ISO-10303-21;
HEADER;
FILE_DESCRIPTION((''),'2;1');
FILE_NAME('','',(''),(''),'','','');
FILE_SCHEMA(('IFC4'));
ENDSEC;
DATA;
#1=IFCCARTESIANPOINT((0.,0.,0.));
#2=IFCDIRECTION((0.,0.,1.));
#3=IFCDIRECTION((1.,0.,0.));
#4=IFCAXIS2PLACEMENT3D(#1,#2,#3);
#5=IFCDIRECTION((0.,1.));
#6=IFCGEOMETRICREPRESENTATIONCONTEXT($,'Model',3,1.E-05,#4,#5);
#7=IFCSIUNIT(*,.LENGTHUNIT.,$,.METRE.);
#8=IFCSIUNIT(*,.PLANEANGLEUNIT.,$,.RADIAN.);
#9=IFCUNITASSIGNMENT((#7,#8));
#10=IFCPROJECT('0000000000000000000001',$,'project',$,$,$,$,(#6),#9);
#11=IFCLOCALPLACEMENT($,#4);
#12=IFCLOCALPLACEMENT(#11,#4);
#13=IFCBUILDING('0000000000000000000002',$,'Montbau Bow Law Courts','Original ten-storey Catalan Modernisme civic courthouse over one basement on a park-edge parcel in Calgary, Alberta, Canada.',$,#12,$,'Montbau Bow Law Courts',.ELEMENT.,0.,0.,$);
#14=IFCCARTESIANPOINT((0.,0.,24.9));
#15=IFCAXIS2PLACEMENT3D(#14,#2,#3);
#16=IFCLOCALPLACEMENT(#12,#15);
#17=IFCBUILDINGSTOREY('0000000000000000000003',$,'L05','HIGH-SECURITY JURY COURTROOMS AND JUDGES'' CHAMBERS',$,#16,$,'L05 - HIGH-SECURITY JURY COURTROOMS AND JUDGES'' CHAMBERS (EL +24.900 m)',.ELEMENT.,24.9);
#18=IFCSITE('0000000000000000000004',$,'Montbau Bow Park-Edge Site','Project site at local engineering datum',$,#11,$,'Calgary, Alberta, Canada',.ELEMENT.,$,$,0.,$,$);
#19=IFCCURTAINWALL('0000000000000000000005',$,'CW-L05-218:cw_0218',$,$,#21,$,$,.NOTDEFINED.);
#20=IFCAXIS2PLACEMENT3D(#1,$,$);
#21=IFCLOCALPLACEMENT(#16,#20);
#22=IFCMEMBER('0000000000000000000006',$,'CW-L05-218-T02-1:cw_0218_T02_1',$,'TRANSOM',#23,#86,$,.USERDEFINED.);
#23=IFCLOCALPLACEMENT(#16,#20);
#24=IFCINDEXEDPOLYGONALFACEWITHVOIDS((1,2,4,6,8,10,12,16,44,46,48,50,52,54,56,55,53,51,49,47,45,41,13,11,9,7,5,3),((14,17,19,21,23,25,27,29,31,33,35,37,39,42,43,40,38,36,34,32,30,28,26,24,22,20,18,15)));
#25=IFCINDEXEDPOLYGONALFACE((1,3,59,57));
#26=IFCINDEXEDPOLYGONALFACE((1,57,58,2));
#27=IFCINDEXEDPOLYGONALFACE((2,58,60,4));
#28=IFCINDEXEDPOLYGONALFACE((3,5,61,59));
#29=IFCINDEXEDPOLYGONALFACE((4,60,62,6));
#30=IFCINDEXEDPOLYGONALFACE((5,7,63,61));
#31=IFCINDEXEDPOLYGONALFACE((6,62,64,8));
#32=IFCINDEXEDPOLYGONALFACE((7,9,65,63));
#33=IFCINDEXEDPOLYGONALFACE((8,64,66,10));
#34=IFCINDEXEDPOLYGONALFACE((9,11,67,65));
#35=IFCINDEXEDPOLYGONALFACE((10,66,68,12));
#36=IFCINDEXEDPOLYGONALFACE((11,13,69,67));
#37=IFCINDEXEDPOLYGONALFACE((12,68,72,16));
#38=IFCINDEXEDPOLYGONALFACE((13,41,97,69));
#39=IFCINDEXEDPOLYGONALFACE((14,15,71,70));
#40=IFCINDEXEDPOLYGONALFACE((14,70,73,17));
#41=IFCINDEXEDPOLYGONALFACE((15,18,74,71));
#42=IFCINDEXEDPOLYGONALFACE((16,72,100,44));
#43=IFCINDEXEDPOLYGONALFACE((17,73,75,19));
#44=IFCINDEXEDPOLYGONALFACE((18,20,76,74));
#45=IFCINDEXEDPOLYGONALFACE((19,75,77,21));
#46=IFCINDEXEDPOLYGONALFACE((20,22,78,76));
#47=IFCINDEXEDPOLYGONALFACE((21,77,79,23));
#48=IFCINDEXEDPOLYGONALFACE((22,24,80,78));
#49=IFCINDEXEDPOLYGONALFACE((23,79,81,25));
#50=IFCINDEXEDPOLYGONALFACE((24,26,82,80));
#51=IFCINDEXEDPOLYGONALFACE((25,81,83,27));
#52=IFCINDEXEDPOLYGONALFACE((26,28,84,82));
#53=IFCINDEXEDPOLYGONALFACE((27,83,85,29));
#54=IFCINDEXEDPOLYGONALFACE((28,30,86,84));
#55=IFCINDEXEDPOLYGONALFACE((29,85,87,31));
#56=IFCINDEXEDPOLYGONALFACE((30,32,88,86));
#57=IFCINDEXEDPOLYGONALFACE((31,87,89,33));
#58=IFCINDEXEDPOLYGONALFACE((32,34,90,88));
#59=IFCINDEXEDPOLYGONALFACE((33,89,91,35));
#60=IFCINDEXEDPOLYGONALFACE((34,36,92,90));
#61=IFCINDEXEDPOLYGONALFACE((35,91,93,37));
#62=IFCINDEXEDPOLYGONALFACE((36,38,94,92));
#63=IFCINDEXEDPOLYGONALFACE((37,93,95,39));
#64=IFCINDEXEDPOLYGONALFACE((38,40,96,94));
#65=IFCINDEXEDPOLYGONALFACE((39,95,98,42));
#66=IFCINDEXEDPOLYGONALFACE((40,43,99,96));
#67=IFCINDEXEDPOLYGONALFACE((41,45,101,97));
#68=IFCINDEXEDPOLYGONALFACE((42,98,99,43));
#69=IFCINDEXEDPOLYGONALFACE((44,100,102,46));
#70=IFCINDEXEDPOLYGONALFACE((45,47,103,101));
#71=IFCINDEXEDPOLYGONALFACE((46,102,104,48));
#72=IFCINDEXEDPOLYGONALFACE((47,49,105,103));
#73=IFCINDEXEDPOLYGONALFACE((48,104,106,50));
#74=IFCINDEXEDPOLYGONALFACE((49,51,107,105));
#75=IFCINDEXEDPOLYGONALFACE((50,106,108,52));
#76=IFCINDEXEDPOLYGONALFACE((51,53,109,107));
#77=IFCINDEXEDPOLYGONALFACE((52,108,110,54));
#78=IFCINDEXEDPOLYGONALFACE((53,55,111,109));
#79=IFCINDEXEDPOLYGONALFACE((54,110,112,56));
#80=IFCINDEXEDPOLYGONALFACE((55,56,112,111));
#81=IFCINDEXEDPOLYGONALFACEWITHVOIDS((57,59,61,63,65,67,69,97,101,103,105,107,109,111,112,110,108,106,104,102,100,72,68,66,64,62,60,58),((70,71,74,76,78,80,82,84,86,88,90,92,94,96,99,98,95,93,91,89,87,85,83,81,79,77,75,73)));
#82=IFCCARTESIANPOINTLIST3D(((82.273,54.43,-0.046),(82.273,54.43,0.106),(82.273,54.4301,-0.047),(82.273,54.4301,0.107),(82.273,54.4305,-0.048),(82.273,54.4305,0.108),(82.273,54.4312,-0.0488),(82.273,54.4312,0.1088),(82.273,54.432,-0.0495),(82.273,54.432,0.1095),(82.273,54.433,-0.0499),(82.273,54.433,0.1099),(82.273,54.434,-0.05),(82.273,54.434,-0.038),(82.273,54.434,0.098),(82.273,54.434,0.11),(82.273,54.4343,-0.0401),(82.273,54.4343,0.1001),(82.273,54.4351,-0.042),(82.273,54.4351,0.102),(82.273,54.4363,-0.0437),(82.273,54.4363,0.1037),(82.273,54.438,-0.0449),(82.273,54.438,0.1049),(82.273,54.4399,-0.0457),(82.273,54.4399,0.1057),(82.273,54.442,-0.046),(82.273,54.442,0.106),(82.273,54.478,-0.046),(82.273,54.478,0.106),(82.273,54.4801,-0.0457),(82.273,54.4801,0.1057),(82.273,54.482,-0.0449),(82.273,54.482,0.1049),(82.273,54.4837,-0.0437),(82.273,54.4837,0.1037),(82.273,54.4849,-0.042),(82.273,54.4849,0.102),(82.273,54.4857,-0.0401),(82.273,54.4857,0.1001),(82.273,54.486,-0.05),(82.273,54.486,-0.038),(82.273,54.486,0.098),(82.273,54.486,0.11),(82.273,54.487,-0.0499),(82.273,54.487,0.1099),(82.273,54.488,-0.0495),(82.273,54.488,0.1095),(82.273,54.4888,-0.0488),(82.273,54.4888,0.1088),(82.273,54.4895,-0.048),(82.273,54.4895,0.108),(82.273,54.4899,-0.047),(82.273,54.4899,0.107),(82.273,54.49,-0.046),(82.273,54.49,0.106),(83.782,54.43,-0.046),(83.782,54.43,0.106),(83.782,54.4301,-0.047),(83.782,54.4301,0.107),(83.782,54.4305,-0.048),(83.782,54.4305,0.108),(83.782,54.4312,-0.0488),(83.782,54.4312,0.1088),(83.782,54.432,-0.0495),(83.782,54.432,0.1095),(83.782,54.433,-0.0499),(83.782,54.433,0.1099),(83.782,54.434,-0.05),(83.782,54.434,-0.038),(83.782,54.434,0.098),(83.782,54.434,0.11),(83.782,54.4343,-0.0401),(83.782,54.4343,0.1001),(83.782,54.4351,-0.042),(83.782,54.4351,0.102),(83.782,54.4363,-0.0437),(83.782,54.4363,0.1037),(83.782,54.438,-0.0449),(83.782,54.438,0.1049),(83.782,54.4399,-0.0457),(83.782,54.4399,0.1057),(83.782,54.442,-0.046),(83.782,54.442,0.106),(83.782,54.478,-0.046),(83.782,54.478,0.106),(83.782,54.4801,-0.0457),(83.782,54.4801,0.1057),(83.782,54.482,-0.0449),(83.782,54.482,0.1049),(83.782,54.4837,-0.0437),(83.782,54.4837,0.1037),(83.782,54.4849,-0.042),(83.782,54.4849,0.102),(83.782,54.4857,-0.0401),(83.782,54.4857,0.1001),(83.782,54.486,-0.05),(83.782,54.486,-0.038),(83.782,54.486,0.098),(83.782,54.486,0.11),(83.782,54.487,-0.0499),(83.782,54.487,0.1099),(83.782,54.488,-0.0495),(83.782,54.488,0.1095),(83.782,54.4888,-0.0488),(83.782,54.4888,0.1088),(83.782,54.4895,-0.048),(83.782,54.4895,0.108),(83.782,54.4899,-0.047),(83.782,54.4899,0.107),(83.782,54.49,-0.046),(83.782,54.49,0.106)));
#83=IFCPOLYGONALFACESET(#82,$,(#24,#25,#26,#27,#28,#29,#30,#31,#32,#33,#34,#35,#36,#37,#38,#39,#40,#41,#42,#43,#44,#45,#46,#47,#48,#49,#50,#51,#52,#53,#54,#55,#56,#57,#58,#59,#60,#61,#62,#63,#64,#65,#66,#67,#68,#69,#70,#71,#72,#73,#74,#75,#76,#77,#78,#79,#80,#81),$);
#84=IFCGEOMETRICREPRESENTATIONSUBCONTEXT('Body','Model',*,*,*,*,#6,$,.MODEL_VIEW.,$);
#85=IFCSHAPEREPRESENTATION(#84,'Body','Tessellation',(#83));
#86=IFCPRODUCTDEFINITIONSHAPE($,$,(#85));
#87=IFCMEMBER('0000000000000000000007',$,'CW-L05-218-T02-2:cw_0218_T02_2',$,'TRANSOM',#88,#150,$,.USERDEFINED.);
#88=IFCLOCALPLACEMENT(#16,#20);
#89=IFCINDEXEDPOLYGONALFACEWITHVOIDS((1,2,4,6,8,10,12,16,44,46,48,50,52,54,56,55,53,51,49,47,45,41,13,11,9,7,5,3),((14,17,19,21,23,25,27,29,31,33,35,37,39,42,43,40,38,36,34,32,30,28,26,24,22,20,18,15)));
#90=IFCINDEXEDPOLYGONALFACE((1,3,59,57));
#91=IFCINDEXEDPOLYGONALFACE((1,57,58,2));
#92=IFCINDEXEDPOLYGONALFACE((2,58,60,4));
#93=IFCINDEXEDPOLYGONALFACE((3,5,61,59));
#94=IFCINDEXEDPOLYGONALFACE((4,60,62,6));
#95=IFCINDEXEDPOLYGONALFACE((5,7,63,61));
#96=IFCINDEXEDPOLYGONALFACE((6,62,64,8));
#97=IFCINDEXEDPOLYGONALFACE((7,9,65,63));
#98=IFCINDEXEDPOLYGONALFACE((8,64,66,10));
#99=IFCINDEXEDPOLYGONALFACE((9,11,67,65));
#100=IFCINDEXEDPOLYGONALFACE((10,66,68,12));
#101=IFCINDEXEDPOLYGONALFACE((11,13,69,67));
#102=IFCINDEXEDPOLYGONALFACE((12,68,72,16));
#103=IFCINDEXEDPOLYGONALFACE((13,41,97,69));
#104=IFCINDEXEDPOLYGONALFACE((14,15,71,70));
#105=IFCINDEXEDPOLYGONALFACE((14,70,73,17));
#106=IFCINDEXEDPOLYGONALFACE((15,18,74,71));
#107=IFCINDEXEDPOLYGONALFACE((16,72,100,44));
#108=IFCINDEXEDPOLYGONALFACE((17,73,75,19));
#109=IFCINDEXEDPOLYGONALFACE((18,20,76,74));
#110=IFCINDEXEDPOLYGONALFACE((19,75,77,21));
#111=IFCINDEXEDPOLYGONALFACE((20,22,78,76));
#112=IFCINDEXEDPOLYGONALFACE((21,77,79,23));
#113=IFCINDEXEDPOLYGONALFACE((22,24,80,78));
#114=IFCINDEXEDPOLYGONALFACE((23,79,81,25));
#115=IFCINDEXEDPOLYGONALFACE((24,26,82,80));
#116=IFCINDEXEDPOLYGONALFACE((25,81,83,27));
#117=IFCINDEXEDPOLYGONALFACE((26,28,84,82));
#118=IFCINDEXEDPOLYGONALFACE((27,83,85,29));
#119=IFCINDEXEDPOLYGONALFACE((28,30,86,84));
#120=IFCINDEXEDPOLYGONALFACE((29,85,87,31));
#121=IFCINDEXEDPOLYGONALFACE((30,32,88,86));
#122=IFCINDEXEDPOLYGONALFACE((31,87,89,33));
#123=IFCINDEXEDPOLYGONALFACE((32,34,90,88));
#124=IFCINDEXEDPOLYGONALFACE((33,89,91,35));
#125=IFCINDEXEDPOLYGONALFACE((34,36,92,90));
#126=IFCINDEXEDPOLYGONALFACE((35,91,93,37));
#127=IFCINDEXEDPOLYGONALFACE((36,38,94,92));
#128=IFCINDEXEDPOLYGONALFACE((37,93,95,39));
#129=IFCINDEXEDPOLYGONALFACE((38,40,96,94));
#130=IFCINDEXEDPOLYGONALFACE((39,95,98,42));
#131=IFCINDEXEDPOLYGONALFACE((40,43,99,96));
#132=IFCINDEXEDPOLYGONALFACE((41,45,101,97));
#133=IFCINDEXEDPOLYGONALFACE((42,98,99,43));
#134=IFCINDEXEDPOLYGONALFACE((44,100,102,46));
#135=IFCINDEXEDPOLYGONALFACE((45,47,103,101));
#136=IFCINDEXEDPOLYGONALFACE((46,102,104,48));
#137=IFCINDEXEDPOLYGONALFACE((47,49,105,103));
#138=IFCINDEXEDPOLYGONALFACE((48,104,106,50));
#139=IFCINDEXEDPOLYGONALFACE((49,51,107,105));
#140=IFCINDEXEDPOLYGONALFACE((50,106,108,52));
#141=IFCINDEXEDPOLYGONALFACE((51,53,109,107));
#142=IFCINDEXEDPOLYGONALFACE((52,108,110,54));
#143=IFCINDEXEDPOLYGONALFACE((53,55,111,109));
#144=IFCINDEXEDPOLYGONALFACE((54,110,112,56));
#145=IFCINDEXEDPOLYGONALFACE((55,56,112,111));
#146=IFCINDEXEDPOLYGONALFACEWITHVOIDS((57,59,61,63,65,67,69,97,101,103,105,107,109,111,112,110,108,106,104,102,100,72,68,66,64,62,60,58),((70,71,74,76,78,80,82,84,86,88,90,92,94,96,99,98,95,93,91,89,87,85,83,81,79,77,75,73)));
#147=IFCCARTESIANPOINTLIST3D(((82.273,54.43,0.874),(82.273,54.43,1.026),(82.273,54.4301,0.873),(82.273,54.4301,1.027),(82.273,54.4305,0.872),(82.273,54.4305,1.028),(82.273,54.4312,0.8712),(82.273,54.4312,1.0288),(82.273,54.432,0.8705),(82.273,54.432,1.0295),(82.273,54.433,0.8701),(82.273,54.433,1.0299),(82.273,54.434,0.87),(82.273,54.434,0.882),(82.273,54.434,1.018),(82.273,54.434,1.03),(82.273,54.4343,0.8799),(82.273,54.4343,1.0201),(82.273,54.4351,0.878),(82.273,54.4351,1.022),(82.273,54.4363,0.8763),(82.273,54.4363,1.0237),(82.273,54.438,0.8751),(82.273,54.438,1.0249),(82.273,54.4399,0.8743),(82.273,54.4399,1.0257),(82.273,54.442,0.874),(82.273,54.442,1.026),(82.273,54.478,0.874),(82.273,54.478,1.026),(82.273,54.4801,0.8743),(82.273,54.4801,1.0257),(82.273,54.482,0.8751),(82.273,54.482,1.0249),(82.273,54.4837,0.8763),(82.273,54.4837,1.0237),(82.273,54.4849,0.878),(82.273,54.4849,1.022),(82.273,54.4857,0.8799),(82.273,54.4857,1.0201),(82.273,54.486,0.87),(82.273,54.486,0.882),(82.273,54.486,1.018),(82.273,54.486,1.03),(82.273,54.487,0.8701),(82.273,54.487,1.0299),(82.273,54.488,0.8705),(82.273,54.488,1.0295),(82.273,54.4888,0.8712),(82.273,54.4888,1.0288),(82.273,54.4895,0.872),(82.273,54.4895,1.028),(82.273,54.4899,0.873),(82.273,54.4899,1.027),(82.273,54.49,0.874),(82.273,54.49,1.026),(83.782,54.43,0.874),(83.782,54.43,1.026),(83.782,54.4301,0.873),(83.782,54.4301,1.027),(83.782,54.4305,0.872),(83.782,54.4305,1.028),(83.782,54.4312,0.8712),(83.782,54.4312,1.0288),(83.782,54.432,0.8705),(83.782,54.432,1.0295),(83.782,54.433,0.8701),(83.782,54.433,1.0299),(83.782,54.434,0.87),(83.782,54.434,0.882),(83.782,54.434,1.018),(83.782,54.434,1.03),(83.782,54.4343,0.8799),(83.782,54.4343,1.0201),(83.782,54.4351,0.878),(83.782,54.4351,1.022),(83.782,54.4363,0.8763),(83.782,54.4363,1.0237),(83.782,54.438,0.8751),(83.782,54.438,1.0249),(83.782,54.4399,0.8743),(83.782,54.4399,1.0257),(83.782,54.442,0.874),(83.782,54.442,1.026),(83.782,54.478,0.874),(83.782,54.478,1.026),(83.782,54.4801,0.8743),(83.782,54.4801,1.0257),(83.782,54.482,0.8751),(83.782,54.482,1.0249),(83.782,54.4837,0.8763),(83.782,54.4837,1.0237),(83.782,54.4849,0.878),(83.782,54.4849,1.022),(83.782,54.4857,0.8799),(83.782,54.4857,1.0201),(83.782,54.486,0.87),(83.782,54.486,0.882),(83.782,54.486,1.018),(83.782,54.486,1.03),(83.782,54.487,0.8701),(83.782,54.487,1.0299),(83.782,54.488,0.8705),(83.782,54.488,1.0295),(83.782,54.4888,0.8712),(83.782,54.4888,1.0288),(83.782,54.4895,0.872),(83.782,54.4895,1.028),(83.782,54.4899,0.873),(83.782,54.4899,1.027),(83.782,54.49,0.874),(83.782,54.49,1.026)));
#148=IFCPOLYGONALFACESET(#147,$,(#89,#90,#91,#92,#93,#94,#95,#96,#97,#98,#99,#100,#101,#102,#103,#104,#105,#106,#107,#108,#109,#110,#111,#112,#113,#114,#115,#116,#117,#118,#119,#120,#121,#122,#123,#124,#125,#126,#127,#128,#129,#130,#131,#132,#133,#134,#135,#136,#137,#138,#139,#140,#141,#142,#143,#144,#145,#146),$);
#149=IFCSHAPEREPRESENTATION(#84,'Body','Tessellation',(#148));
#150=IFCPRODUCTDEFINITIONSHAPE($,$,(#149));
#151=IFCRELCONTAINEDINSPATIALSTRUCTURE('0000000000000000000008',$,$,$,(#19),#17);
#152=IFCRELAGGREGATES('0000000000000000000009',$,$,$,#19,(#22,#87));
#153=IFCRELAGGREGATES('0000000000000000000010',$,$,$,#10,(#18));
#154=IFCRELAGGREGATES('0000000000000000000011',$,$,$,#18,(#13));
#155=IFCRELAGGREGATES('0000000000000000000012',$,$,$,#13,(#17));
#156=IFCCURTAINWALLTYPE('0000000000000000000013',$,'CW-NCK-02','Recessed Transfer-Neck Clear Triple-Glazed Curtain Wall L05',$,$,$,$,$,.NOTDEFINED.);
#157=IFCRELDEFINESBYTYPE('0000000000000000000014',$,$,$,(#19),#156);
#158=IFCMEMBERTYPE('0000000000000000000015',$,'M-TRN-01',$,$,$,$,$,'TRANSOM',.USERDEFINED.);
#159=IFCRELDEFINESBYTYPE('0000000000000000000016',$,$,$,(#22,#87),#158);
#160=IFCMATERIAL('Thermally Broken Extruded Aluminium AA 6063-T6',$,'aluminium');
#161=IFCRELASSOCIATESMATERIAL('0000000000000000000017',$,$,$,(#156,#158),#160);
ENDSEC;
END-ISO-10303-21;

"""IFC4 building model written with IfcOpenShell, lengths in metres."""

from ifc_helpers import new_model, si_unit, direction, frame, origin_with_axes, origin_2d_with_axis, place, context, subcontext, project, spatial, hollow_rectangle, extrude, material, material_profile, profile_set, type_object, element, aggregate, save


model = new_model("IFC4")

# Units and contexts
model_context = context("Model", 3, precision=1e-05, world=origin_with_axes(), true_north=direction((0.0, 1.0)))
body_context = subcontext(model_context, "Body", "Model", "MODEL_VIEW")
ifc_project = project(units=[si_unit("LENGTHUNIT", "METRE"), si_unit("PLANEANGLEUNIT", "RADIAN")], contexts=[model_context])

# Site, building, storey
site_placement = place(None, origin_with_axes())
site = spatial("IfcSite", under=ifc_project, at=site_placement, Name="Montbau Bow Park-Edge Site", Description="Project site at local engineering datum", LongName="Calgary, Alberta, Canada", CompositionType="ELEMENT", RefElevation=0.0)
building_placement = place(site_placement, origin_with_axes())
building = spatial("IfcBuilding", under=site, at=building_placement, Name="Montbau Bow Law Courts", Description="Original ten-storey Catalan Modernisme civic courthouse over one basement on a park-edge parcel in Calgary, Alberta, Canada.", LongName="Montbau Bow Law Courts", CompositionType="ELEMENT", ElevationOfRefHeight=0.0, ElevationOfTerrain=0.0)
storey_placement = place(building_placement, frame((0.0, 0.0, 24.9), z_axis=(0.0, 0.0, 1.0), x_axis=(1.0, 0.0, 0.0)))
storey = spatial("IfcBuildingStorey", under=building, at=storey_placement, Name="L05", Description="HIGH-SECURITY JURY COURTROOMS AND JUDGES' CHAMBERS", LongName="L05 - HIGH-SECURITY JURY COURTROOMS AND JUDGES' CHAMBERS (EL +24.900 m)", CompositionType="ELEMENT", Elevation=24.9)

# Curtain wall, members
ifc_material_1 = material(Name="Thermally Broken Extruded Aluminium AA 6063-T6", Category="aluminium")
curtain_wall_type = type_object("IfcCurtainWallType", Name="CW-NCK-02", Description="Recessed Transfer-Neck Clear Triple-Glazed Curtain Wall L05", PredefinedType="NOTDEFINED", material=ifc_material_1)
curtain_wall_placement = place(None, frame((80.668, 54.46, 24.9), z_axis=(0.0, 0.0, 1.0), x_axis=(1.0, 0.0, 0.0)))
curtain_wall = element("IfcCurtainWall", 1, at=curtain_wall_placement, inside=storey, type_object=curtain_wall_type, Name="CW-L05-218:cw_0218", PredefinedType="NOTDEFINED")
ifc_material_profile_1 = material_profile(ifc_material_1, hollow_rectangle(XDim=0.06, YDim=0.16, WallThickness=0.004, InnerFilletRadius=0.008, OuterFilletRadius=0.004, at=origin_2d_with_axis()), Name="CWT-160X60", Category="Main", Priority=0)
ifc_profile_set_1 = profile_set([ifc_material_profile_1], Name="Thermally Broken Extruded Aluminium AA 6063-T6")
member_type_1 = type_object("IfcMemberType", Name="M-TRN-01", ElementType="TRANSOM", PredefinedType="USERDEFINED", material=ifc_profile_set_1)
member_1_placement = place(None, frame((82.273, 54.46, 24.93), z_axis=(1.0, 0.0, 0.0), x_axis=(0.0, 1.0, 0.0)))
member_1 = element("IfcMember", 2, at=member_1_placement, type_object=member_type_1, Name="CW-L05-218-T02-1:cw_0218_T02_1", ObjectType="TRANSOM", PredefinedType="USERDEFINED", context=body_context, shape_type="SweptSolid", body=[
    extrude(hollow_rectangle(XDim=0.06, YDim=0.16, WallThickness=0.004, InnerFilletRadius=0.008, OuterFilletRadius=0.004, at=origin_2d_with_axis()), origin_with_axes(), (0.0, 0.0, 1.0), 1.509),
])
member_2_placement = place(None, frame((82.273, 54.46, 25.85), z_axis=(1.0, 0.0, 0.0), x_axis=(0.0, 1.0, 0.0)))
member_2 = element("IfcMember", 3, at=member_2_placement, type_object=member_type_1, Name="CW-L05-218-T02-2:cw_0218_T02_2", ObjectType="TRANSOM", PredefinedType="USERDEFINED", context=body_context, shape_type="SweptSolid", body=[
    extrude(hollow_rectangle(XDim=0.06, YDim=0.16, WallThickness=0.004, InnerFilletRadius=0.008, OuterFilletRadius=0.004, at=origin_2d_with_axis()), origin_with_axes(), (0.0, 0.0, 1.0), 1.509),
])
aggregate(curtain_wall, [member_1, member_2])

save(model, "model.ifc")
